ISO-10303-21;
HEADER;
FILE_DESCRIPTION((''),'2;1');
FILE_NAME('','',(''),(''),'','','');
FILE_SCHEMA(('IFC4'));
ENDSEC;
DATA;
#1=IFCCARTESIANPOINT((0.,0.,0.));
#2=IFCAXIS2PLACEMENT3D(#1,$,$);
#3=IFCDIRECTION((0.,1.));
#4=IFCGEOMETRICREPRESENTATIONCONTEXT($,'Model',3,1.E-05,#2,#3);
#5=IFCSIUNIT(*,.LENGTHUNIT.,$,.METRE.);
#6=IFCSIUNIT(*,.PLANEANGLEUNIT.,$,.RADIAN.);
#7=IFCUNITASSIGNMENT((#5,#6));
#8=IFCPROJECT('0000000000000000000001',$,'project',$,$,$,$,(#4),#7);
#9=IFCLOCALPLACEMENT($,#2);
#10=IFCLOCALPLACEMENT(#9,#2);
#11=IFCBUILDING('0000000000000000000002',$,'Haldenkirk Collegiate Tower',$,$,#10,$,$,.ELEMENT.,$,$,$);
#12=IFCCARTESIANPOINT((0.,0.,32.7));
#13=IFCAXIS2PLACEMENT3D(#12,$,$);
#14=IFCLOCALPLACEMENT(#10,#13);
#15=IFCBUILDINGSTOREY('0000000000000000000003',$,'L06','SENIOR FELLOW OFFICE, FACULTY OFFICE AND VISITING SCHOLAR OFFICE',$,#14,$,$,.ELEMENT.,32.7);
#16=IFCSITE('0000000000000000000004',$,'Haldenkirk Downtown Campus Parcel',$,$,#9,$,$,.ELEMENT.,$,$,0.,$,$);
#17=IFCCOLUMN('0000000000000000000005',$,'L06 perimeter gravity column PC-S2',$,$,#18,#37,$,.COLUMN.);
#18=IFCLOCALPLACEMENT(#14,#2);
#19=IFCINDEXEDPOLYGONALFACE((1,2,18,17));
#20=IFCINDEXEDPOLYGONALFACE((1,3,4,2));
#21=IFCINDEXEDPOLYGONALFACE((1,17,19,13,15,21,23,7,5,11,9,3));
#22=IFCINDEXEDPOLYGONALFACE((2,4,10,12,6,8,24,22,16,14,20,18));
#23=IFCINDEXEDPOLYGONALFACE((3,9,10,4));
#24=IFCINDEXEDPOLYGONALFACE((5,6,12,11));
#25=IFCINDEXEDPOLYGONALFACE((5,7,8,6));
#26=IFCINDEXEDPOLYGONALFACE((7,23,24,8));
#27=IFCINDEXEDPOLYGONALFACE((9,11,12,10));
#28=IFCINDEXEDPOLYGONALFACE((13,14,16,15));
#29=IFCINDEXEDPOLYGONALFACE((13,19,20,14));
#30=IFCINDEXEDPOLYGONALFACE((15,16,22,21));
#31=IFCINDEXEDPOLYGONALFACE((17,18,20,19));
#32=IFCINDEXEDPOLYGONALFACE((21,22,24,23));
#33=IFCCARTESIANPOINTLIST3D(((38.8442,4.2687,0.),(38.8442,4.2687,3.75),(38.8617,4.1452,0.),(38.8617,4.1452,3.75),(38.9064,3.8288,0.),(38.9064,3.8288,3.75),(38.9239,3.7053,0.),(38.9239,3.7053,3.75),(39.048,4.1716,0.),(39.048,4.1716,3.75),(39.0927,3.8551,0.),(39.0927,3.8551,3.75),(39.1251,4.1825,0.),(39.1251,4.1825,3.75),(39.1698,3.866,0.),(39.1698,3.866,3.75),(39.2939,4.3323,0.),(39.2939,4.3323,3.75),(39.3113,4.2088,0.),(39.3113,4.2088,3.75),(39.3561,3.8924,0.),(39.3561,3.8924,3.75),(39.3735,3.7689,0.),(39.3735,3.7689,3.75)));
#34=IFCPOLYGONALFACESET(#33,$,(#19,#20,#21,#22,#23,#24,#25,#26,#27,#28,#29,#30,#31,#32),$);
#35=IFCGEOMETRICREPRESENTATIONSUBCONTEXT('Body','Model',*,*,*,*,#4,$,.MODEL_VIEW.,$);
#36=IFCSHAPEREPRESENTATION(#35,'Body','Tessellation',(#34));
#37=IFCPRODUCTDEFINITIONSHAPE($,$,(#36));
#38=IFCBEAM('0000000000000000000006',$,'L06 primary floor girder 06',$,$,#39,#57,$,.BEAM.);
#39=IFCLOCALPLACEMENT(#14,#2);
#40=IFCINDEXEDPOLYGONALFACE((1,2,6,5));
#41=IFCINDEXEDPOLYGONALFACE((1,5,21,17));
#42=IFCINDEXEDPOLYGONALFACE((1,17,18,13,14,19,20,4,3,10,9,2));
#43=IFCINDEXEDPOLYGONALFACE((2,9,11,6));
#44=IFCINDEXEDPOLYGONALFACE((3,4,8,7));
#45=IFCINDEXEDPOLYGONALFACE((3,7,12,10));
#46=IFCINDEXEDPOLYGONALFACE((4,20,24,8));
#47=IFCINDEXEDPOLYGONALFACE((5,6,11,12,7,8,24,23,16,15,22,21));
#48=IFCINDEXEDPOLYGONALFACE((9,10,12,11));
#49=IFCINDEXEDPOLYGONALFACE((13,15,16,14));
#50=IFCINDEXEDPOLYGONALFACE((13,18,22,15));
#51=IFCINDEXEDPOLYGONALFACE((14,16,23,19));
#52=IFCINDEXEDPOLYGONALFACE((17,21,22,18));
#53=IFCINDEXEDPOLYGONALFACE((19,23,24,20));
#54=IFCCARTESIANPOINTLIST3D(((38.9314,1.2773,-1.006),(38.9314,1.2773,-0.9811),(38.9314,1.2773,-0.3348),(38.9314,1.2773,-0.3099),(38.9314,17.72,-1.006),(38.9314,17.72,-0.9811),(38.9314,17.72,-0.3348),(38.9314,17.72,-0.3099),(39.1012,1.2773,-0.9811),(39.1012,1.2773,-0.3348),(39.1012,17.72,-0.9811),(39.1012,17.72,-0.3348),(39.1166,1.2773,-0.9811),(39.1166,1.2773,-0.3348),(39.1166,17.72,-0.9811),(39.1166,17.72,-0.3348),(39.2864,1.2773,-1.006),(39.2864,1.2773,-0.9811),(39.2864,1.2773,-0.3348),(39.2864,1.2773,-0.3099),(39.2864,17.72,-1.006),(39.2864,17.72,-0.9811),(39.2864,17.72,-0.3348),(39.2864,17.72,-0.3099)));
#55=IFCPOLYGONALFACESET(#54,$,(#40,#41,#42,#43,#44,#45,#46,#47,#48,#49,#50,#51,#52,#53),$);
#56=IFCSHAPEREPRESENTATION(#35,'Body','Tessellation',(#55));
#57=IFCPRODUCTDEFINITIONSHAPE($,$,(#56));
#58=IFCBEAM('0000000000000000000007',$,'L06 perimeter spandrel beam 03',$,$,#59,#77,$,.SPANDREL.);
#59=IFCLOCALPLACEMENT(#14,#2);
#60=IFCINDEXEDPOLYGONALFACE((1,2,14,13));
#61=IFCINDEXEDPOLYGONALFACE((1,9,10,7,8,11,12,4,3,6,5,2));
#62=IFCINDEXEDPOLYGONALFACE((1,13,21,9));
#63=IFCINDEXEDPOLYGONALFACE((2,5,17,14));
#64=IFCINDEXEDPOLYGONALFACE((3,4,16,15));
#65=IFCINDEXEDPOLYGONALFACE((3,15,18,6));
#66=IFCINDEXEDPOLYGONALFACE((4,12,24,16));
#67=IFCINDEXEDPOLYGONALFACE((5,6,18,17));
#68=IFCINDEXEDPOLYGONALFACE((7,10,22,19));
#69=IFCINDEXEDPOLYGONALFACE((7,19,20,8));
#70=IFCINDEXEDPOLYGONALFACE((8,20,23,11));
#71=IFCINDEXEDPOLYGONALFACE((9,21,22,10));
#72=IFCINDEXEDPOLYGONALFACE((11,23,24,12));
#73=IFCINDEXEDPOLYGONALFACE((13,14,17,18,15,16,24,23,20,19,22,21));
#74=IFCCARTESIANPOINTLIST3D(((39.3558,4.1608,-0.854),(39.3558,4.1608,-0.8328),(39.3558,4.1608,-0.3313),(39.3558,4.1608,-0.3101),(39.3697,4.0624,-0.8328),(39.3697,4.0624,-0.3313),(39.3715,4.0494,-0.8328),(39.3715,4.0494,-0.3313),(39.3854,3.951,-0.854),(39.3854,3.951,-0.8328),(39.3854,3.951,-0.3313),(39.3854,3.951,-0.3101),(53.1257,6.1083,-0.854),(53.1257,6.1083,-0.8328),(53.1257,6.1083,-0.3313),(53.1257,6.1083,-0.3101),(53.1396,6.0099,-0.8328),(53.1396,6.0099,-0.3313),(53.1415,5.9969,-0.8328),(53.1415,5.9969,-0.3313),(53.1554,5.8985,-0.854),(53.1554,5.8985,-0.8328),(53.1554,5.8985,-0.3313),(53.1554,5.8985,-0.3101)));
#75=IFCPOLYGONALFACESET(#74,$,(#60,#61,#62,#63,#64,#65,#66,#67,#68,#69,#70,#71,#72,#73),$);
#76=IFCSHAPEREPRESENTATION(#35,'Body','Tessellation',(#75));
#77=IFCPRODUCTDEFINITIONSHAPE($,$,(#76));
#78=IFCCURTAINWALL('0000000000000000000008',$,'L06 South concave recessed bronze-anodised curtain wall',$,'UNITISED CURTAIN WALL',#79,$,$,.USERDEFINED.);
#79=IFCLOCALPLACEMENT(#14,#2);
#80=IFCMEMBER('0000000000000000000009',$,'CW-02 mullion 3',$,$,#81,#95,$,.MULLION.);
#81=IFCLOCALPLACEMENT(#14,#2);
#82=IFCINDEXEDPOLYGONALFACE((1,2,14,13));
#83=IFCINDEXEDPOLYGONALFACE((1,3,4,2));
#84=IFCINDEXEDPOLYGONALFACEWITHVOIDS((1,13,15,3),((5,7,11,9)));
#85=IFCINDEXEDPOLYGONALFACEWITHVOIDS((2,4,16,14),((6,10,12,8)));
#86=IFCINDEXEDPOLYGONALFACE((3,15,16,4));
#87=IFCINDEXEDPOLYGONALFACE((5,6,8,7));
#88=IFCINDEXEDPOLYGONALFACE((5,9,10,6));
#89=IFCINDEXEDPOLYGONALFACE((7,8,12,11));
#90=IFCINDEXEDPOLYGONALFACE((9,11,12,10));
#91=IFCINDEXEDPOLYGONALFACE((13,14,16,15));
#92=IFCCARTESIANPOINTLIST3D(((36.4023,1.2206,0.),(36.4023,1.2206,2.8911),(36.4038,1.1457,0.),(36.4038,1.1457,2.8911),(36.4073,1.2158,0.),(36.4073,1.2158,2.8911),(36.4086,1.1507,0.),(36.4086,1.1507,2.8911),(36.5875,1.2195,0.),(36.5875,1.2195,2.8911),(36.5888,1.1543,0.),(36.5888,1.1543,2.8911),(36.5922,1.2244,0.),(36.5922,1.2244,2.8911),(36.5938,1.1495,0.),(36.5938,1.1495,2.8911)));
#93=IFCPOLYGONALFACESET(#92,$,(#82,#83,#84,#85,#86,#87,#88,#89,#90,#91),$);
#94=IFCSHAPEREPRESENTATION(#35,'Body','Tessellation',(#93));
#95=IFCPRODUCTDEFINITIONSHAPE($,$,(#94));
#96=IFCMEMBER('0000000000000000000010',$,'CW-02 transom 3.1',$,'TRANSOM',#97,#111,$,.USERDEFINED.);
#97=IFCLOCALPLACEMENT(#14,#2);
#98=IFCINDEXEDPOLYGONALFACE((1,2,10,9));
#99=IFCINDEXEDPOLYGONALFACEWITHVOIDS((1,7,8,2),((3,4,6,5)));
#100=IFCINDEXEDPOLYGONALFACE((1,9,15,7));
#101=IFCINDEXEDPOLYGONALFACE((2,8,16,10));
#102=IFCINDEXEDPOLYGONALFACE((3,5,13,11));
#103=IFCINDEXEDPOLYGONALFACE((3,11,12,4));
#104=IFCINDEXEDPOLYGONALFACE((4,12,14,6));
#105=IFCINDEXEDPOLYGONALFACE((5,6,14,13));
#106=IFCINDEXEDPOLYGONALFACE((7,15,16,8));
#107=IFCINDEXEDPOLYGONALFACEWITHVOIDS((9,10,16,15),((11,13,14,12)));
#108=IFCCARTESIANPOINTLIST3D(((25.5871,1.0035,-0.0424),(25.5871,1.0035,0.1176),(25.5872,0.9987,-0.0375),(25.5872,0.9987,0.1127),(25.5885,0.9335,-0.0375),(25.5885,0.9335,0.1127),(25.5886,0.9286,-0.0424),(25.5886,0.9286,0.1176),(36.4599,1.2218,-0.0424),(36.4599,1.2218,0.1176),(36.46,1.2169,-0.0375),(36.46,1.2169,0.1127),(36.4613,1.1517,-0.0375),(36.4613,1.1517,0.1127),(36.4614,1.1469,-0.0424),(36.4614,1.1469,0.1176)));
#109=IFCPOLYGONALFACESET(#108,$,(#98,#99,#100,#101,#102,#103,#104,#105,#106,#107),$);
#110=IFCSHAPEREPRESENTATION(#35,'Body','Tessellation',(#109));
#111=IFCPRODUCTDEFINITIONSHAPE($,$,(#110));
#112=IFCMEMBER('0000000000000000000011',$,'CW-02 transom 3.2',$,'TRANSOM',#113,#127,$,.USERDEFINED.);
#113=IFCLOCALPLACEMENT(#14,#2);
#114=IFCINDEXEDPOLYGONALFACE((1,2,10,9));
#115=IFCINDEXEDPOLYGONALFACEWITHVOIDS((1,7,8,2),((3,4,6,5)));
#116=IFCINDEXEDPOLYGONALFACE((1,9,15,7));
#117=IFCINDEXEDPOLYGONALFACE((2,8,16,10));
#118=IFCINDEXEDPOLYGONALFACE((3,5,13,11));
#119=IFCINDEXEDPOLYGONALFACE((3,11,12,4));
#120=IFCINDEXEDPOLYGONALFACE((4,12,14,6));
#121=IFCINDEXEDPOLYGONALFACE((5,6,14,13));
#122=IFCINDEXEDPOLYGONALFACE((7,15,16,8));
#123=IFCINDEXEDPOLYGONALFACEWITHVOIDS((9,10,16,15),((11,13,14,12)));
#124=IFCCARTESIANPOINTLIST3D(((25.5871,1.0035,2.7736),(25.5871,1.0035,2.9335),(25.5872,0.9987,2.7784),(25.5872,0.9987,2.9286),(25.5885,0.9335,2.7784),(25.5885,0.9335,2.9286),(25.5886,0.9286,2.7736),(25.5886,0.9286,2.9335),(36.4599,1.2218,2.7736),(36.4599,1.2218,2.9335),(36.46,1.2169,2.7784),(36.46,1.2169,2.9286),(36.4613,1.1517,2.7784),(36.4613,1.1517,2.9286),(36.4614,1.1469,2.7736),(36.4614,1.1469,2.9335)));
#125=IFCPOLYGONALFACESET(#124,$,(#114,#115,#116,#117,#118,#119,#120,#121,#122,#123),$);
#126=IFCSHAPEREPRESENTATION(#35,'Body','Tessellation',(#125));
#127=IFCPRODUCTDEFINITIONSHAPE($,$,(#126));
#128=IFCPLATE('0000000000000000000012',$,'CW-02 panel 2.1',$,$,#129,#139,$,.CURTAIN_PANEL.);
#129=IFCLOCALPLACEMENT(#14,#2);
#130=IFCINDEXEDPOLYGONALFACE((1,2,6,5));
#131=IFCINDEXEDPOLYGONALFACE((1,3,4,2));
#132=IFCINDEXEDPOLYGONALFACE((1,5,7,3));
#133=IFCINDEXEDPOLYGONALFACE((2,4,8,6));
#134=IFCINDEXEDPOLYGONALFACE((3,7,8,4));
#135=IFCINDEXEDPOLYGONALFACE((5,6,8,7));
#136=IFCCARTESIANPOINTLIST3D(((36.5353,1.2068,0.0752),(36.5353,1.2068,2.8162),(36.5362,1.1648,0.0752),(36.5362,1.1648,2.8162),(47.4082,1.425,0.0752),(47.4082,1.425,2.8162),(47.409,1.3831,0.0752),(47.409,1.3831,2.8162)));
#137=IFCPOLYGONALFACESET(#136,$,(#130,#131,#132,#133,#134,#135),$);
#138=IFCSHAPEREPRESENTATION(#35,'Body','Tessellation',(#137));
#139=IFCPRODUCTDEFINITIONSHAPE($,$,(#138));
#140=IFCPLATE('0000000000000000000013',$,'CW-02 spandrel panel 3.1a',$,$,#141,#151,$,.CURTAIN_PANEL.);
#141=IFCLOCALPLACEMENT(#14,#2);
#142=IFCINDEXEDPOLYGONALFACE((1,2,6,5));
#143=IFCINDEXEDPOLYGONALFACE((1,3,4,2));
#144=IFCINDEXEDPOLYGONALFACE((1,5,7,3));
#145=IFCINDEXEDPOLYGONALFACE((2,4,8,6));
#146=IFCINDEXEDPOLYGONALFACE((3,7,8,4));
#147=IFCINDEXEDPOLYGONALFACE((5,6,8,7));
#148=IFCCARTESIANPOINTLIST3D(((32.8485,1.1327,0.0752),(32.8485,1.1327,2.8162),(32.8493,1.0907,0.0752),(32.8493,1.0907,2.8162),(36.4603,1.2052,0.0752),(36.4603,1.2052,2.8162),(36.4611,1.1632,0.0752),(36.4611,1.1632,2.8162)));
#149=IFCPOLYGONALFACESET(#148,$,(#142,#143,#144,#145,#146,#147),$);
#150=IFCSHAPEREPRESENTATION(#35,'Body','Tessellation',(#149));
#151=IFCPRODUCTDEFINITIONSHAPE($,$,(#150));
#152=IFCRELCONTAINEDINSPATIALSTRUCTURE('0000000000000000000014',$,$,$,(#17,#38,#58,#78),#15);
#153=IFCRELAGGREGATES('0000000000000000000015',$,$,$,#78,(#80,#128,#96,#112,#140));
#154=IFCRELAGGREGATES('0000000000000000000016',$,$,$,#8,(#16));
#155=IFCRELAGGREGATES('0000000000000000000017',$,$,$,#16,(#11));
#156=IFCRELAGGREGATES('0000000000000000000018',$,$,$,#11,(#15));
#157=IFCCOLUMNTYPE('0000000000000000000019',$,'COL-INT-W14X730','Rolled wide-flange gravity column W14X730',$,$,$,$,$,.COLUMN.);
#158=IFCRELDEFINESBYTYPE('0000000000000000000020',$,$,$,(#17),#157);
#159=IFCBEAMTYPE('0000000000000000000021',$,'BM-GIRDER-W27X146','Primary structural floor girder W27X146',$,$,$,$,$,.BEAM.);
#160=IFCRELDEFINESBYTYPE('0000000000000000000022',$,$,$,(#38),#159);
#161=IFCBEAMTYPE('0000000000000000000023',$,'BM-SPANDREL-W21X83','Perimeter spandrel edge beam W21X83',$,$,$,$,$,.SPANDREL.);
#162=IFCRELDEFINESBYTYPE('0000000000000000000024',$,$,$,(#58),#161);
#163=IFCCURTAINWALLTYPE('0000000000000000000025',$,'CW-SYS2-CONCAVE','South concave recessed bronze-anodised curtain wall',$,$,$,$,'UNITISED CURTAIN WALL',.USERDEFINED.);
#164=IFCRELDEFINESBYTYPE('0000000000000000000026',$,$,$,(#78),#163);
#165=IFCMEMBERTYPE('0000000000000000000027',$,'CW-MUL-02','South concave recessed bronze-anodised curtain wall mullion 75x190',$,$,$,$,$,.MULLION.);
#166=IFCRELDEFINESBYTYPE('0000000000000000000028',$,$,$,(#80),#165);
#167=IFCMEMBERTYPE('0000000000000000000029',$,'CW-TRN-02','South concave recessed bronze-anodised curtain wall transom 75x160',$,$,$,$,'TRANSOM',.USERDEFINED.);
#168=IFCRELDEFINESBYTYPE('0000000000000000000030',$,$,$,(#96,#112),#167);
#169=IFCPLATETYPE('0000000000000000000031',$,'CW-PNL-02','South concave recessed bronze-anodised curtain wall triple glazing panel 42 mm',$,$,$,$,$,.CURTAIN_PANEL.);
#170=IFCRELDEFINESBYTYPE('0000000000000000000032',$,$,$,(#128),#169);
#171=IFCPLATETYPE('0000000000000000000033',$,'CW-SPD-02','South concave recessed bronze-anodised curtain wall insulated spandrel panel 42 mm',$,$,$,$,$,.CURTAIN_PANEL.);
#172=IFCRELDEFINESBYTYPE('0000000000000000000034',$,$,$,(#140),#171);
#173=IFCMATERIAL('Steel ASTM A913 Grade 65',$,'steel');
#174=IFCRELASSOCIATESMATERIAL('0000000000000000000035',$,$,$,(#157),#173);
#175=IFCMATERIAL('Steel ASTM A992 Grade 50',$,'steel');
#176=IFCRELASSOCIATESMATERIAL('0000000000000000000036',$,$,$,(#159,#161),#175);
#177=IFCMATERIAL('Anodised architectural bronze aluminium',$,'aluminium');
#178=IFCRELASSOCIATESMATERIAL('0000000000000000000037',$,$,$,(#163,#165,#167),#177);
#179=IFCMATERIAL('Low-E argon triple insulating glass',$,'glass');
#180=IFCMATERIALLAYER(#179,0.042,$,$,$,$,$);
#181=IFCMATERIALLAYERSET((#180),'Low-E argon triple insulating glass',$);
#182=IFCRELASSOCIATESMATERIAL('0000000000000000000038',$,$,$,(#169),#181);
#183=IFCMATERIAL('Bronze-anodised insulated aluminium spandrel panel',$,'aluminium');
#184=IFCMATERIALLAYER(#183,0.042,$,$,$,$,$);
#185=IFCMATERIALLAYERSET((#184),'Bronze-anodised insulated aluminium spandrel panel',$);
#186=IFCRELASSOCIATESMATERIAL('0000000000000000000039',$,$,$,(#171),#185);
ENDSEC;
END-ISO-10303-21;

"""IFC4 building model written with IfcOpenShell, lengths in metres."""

from ifc_helpers import new_model, si_unit, direction, frame, origin, origin_2d, place, context, subcontext, project, spatial, rectangle, hollow_rectangle, i_section, extrude, source, transform, mapped, material, layer, layer_set, material_profile, profile_set, type_object, element, aggregate, save


model = new_model("IFC4")

# Units and contexts
model_context = context("Model", 3, precision=1e-05, world=origin(), true_north=direction((0.0, 1.0)))
body_context = subcontext(model_context, "Body", "Model", "MODEL_VIEW")
ifc_project = project(units=[si_unit("LENGTHUNIT", "METRE"), si_unit("PLANEANGLEUNIT", "RADIAN")], contexts=[model_context])

# Site, building, storey
site_placement = place(None, origin())
site = spatial("IfcSite", under=ifc_project, at=site_placement, Name="Haldenkirk Downtown Campus Parcel", CompositionType="ELEMENT", RefElevation=0.0)
building_placement = place(site_placement, origin())
building = spatial("IfcBuilding", under=site, at=building_placement, Name="Haldenkirk Collegiate Tower", CompositionType="ELEMENT")
storey_placement = place(building_placement, frame((0.0, 0.0, 32.7)))
storey = spatial("IfcBuildingStorey", under=building, at=storey_placement, Name="L06", Description="SENIOR FELLOW OFFICE, FACULTY OFFICE AND VISITING SCHOLAR OFFICE", CompositionType="ELEMENT", Elevation=32.7)

# Column
ifc_material_1 = material(Name="Steel ASTM A913 Grade 65", Category="steel")
ifc_material_profile_1 = material_profile(ifc_material_1, i_section(OverallWidth=0.4541, OverallDepth=0.5691, WebThickness=0.0779, FlangeThickness=0.1248, at=origin_2d()), Name="W14X730")
ifc_profile_set_1 = profile_set([ifc_material_profile_1], Name="Steel ASTM A913 Grade 65")
column_type = type_object("IfcColumnType", Name="COL-INT-W14X730", Description="Rolled wide-flange gravity column W14X730", PredefinedType="COLUMN", material=ifc_profile_set_1)
column_placement = place(storey_placement, frame((39.1089, 4.0188, 0.0), z_axis=(0.0, 0.0, 1.0), x_axis=(0.990146, 0.140037, 0.0)))
element("IfcColumn", 1, at=column_placement, inside=storey, type_object=column_type, Name="L06 perimeter gravity column PC-S2", PredefinedType="COLUMN", context=body_context, shape_type="SweptSolid", body=[
    extrude(i_section(OverallWidth=0.4541, OverallDepth=0.5691, WebThickness=0.0779, FlangeThickness=0.1248, at=origin_2d()), origin(), (0.0, 0.0, 1.0), 3.75),
])

# Beams
ifc_material_2 = material(Name="Steel ASTM A992 Grade 50", Category="steel")
ifc_material_profile_2 = material_profile(ifc_material_2, i_section(OverallWidth=0.355, OverallDepth=0.696, WebThickness=0.0154, FlangeThickness=0.0249, at=origin_2d()), Name="W27X146")
ifc_profile_set_2 = profile_set([ifc_material_profile_2], Name="Steel ASTM A992 Grade 50")
beam_type_1 = type_object("IfcBeamType", Name="BM-GIRDER-W27X146", Description="Primary structural floor girder W27X146", PredefinedType="BEAM", material=ifc_profile_set_2)
beam_1_placement = place(storey_placement, frame((39.1089, 1.2773, -0.658), z_axis=(0.0, 1.0, 0.0), x_axis=(-1.0, 0.0, 0.0)))
element("IfcBeam", 2, at=beam_1_placement, inside=storey, type_object=beam_type_1, Name="L06 primary floor girder 06", PredefinedType="BEAM", context=body_context, shape_type="SweptSolid", body=[
    extrude(i_section(OverallWidth=0.355, OverallDepth=0.696, WebThickness=0.0154, FlangeThickness=0.0249, at=origin_2d()), origin(), (0.0, 0.0, 1.0), 16.4426),
])
ifc_material_profile_3 = material_profile(ifc_material_2, i_section(OverallWidth=0.2119, OverallDepth=0.5439, WebThickness=0.0132, FlangeThickness=0.0212, at=origin_2d()), Name="W21X83")
ifc_profile_set_3 = profile_set([ifc_material_profile_3], Name="Steel ASTM A992 Grade 50")
beam_type_2 = type_object("IfcBeamType", Name="BM-SPANDREL-W21X83", Description="Perimeter spandrel edge beam W21X83", PredefinedType="SPANDREL", material=ifc_profile_set_3)
beam_2_placement = place(storey_placement, frame((39.3706, 4.0559, -0.582), z_axis=(0.990146, 0.140038, 0.0), x_axis=(-0.140038, 0.990146, 0.0)))
element("IfcBeam", 3, at=beam_2_placement, inside=storey, type_object=beam_type_2, Name="L06 perimeter spandrel beam 03", PredefinedType="SPANDREL", context=body_context, shape_type="SweptSolid", body=[
    extrude(i_section(OverallWidth=0.2119, OverallDepth=0.5439, WebThickness=0.0132, FlangeThickness=0.0212, at=origin_2d()), origin(), (0.0, 0.0, 1.0), 13.907),
])

# Curtain wall, members, plates
ifc_material_3 = material(Name="Anodised architectural bronze aluminium", Category="aluminium")
curtain_wall_type = type_object("IfcCurtainWallType", Name="CW-SYS2-CONCAVE", Description="South concave recessed bronze-anodised curtain wall", ElementType="UNITISED CURTAIN WALL", PredefinedType="USERDEFINED", material=ifc_material_3)
curtain_wall_placement = place(storey_placement, origin())
curtain_wall = element("IfcCurtainWall", 4, at=curtain_wall_placement, inside=storey, type_object=curtain_wall_type, Name="L06 South concave recessed bronze-anodised curtain wall", ObjectType="UNITISED CURTAIN WALL", PredefinedType="USERDEFINED")
ifc_material_profile_4 = material_profile(ifc_material_3, hollow_rectangle(XDim=0.075, YDim=0.1899, WallThickness=0.0049, at=origin_2d()), Name="CW-MUL-02")
ifc_profile_set_4 = profile_set([ifc_material_profile_4], Name="Anodised architectural bronze aluminium")
member_type_1 = type_object("IfcMemberType", Name="CW-MUL-02", Description="South concave recessed bronze-anodised curtain wall mullion 75x190", PredefinedType="MULLION", material=ifc_profile_set_4)
member_1_placement = place(storey_placement, frame((36.498, 1.1851, 0.0), z_axis=(0.0, 0.0, 1.0), x_axis=(0.020068, -0.999799, 0.0)))
member_1 = element("IfcMember", 5, at=member_1_placement, type_object=member_type_1, Name="CW-02 mullion 3", PredefinedType="MULLION", context=body_context, shape_type="SweptSolid", body=[
    extrude(hollow_rectangle(XDim=0.075, YDim=0.1899, WallThickness=0.0049, at=origin_2d()), origin(), (0.0, 0.0, 1.0), 2.8911),
])
ifc_material_profile_5 = material_profile(ifc_material_3, hollow_rectangle(XDim=0.075, YDim=0.1599, WallThickness=0.0049, at=origin_2d()), Name="CW-TRN-02")
ifc_profile_set_5 = profile_set([ifc_material_profile_5], Name="Anodised architectural bronze aluminium")
member_type_2 = type_object("IfcMemberType", Name="CW-TRN-02", Description="South concave recessed bronze-anodised curtain wall transom 75x160", ElementType="TRANSOM", PredefinedType="USERDEFINED", material=ifc_profile_set_5)
member_2_placement = place(storey_placement, frame((36.4607, 1.1843, 0.0376), z_axis=(-0.999799, -0.02007, 0.0), x_axis=(0.02007, -0.999799, 0.0)))
member_2 = element("IfcMember", 6, at=member_2_placement, type_object=member_type_2, Name="CW-02 transom 3.1", ObjectType="TRANSOM", PredefinedType="USERDEFINED", context=body_context, shape_type="SweptSolid", body=[
    extrude(hollow_rectangle(XDim=0.075, YDim=0.1599, WallThickness=0.0049, at=origin_2d()), origin(), (0.0, 0.0, 1.0), 10.875),
])
member_3_placement = place(storey_placement, frame((36.4607, 1.1843, 2.8535), z_axis=(-0.999799, -0.02007, 0.0), x_axis=(0.02007, -0.999799, 0.0)))
member_3 = element("IfcMember", 7, at=member_3_placement, type_object=member_type_2, Name="CW-02 transom 3.2", ObjectType="TRANSOM", PredefinedType="USERDEFINED", context=body_context, shape_type="SweptSolid", body=[
    extrude(hollow_rectangle(XDim=0.075, YDim=0.1599, WallThickness=0.0049, at=origin_2d()), origin(), (0.0, 0.0, 1.0), 10.875),
])
ifc_material_4 = material(Name="Low-E argon triple insulating glass", Category="glass")
ifc_layer_1 = layer(ifc_material_4, 0.042)
ifc_layer_set_1 = layer_set([ifc_layer_1], Name="Low-E argon triple insulating glass")
plate_type_1 = type_object("IfcPlateType", Name="CW-PNL-02", Description="South concave recessed bronze-anodised curtain wall triple glazing panel 42 mm", PredefinedType="CURTAIN_PANEL", material=ifc_layer_set_1)
shared_shape_1 = source(origin(), body_context, "Body", "SweptSolid", [
    extrude(rectangle(XDim=10.875, YDim=0.042, at=origin_2d()), origin(), (0.0, 0.0, 1.0), 2.741),
])
plate_1_placement = place(storey_placement, frame((41.9722, 1.2949, 0.0752), z_axis=(0.0, 0.0, 1.0), x_axis=(-0.999799, -0.020068, 0.0)))
plate_1 = element("IfcPlate", 8, at=plate_1_placement, type_object=plate_type_1, Name="CW-02 panel 2.1", PredefinedType="CURTAIN_PANEL", context=body_context, shape_type="MappedRepresentation", body=[
    mapped(shared_shape_1, transform((0.0, 0.0, 0.0), x_axis=(1.0, 0.0, 0.0), y_axis=(0.0, 1.0, 0.0), z_axis=(0.0, 0.0, 1.0), scale=1.0)),
])
ifc_material_5 = material(Name="Bronze-anodised insulated aluminium spandrel panel", Category="aluminium")
ifc_layer_2 = layer(ifc_material_5, 0.042)
ifc_layer_set_2 = layer_set([ifc_layer_2], Name="Bronze-anodised insulated aluminium spandrel panel")
plate_type_2 = type_object("IfcPlateType", Name="CW-SPD-02", Description="South concave recessed bronze-anodised curtain wall insulated spandrel panel 42 mm", PredefinedType="CURTAIN_PANEL", material=ifc_layer_set_2)
shared_shape_2 = source(origin(), body_context, "Body", "SweptSolid", [
    extrude(rectangle(XDim=3.6125, YDim=0.042, at=origin_2d()), origin(), (0.0, 0.0, 1.0), 2.741),
])
plate_2_placement = place(storey_placement, frame((34.6548, 1.1479, 0.0752), z_axis=(0.0, 0.0, 1.0), x_axis=(-0.999799, -0.020068, 0.0)))
plate_2 = element("IfcPlate", 9, at=plate_2_placement, type_object=plate_type_2, Name="CW-02 spandrel panel 3.1a", PredefinedType="CURTAIN_PANEL", context=body_context, shape_type="MappedRepresentation", body=[
    mapped(shared_shape_2, transform((0.0, 0.0, 0.0), x_axis=(1.0, 0.0, 0.0), y_axis=(0.0, 1.0, 0.0), z_axis=(0.0, 0.0, 1.0), scale=1.0)),
])
aggregate(curtain_wall, [member_1, plate_1, member_2, member_3, plate_2])

save(model, "model.ifc")
